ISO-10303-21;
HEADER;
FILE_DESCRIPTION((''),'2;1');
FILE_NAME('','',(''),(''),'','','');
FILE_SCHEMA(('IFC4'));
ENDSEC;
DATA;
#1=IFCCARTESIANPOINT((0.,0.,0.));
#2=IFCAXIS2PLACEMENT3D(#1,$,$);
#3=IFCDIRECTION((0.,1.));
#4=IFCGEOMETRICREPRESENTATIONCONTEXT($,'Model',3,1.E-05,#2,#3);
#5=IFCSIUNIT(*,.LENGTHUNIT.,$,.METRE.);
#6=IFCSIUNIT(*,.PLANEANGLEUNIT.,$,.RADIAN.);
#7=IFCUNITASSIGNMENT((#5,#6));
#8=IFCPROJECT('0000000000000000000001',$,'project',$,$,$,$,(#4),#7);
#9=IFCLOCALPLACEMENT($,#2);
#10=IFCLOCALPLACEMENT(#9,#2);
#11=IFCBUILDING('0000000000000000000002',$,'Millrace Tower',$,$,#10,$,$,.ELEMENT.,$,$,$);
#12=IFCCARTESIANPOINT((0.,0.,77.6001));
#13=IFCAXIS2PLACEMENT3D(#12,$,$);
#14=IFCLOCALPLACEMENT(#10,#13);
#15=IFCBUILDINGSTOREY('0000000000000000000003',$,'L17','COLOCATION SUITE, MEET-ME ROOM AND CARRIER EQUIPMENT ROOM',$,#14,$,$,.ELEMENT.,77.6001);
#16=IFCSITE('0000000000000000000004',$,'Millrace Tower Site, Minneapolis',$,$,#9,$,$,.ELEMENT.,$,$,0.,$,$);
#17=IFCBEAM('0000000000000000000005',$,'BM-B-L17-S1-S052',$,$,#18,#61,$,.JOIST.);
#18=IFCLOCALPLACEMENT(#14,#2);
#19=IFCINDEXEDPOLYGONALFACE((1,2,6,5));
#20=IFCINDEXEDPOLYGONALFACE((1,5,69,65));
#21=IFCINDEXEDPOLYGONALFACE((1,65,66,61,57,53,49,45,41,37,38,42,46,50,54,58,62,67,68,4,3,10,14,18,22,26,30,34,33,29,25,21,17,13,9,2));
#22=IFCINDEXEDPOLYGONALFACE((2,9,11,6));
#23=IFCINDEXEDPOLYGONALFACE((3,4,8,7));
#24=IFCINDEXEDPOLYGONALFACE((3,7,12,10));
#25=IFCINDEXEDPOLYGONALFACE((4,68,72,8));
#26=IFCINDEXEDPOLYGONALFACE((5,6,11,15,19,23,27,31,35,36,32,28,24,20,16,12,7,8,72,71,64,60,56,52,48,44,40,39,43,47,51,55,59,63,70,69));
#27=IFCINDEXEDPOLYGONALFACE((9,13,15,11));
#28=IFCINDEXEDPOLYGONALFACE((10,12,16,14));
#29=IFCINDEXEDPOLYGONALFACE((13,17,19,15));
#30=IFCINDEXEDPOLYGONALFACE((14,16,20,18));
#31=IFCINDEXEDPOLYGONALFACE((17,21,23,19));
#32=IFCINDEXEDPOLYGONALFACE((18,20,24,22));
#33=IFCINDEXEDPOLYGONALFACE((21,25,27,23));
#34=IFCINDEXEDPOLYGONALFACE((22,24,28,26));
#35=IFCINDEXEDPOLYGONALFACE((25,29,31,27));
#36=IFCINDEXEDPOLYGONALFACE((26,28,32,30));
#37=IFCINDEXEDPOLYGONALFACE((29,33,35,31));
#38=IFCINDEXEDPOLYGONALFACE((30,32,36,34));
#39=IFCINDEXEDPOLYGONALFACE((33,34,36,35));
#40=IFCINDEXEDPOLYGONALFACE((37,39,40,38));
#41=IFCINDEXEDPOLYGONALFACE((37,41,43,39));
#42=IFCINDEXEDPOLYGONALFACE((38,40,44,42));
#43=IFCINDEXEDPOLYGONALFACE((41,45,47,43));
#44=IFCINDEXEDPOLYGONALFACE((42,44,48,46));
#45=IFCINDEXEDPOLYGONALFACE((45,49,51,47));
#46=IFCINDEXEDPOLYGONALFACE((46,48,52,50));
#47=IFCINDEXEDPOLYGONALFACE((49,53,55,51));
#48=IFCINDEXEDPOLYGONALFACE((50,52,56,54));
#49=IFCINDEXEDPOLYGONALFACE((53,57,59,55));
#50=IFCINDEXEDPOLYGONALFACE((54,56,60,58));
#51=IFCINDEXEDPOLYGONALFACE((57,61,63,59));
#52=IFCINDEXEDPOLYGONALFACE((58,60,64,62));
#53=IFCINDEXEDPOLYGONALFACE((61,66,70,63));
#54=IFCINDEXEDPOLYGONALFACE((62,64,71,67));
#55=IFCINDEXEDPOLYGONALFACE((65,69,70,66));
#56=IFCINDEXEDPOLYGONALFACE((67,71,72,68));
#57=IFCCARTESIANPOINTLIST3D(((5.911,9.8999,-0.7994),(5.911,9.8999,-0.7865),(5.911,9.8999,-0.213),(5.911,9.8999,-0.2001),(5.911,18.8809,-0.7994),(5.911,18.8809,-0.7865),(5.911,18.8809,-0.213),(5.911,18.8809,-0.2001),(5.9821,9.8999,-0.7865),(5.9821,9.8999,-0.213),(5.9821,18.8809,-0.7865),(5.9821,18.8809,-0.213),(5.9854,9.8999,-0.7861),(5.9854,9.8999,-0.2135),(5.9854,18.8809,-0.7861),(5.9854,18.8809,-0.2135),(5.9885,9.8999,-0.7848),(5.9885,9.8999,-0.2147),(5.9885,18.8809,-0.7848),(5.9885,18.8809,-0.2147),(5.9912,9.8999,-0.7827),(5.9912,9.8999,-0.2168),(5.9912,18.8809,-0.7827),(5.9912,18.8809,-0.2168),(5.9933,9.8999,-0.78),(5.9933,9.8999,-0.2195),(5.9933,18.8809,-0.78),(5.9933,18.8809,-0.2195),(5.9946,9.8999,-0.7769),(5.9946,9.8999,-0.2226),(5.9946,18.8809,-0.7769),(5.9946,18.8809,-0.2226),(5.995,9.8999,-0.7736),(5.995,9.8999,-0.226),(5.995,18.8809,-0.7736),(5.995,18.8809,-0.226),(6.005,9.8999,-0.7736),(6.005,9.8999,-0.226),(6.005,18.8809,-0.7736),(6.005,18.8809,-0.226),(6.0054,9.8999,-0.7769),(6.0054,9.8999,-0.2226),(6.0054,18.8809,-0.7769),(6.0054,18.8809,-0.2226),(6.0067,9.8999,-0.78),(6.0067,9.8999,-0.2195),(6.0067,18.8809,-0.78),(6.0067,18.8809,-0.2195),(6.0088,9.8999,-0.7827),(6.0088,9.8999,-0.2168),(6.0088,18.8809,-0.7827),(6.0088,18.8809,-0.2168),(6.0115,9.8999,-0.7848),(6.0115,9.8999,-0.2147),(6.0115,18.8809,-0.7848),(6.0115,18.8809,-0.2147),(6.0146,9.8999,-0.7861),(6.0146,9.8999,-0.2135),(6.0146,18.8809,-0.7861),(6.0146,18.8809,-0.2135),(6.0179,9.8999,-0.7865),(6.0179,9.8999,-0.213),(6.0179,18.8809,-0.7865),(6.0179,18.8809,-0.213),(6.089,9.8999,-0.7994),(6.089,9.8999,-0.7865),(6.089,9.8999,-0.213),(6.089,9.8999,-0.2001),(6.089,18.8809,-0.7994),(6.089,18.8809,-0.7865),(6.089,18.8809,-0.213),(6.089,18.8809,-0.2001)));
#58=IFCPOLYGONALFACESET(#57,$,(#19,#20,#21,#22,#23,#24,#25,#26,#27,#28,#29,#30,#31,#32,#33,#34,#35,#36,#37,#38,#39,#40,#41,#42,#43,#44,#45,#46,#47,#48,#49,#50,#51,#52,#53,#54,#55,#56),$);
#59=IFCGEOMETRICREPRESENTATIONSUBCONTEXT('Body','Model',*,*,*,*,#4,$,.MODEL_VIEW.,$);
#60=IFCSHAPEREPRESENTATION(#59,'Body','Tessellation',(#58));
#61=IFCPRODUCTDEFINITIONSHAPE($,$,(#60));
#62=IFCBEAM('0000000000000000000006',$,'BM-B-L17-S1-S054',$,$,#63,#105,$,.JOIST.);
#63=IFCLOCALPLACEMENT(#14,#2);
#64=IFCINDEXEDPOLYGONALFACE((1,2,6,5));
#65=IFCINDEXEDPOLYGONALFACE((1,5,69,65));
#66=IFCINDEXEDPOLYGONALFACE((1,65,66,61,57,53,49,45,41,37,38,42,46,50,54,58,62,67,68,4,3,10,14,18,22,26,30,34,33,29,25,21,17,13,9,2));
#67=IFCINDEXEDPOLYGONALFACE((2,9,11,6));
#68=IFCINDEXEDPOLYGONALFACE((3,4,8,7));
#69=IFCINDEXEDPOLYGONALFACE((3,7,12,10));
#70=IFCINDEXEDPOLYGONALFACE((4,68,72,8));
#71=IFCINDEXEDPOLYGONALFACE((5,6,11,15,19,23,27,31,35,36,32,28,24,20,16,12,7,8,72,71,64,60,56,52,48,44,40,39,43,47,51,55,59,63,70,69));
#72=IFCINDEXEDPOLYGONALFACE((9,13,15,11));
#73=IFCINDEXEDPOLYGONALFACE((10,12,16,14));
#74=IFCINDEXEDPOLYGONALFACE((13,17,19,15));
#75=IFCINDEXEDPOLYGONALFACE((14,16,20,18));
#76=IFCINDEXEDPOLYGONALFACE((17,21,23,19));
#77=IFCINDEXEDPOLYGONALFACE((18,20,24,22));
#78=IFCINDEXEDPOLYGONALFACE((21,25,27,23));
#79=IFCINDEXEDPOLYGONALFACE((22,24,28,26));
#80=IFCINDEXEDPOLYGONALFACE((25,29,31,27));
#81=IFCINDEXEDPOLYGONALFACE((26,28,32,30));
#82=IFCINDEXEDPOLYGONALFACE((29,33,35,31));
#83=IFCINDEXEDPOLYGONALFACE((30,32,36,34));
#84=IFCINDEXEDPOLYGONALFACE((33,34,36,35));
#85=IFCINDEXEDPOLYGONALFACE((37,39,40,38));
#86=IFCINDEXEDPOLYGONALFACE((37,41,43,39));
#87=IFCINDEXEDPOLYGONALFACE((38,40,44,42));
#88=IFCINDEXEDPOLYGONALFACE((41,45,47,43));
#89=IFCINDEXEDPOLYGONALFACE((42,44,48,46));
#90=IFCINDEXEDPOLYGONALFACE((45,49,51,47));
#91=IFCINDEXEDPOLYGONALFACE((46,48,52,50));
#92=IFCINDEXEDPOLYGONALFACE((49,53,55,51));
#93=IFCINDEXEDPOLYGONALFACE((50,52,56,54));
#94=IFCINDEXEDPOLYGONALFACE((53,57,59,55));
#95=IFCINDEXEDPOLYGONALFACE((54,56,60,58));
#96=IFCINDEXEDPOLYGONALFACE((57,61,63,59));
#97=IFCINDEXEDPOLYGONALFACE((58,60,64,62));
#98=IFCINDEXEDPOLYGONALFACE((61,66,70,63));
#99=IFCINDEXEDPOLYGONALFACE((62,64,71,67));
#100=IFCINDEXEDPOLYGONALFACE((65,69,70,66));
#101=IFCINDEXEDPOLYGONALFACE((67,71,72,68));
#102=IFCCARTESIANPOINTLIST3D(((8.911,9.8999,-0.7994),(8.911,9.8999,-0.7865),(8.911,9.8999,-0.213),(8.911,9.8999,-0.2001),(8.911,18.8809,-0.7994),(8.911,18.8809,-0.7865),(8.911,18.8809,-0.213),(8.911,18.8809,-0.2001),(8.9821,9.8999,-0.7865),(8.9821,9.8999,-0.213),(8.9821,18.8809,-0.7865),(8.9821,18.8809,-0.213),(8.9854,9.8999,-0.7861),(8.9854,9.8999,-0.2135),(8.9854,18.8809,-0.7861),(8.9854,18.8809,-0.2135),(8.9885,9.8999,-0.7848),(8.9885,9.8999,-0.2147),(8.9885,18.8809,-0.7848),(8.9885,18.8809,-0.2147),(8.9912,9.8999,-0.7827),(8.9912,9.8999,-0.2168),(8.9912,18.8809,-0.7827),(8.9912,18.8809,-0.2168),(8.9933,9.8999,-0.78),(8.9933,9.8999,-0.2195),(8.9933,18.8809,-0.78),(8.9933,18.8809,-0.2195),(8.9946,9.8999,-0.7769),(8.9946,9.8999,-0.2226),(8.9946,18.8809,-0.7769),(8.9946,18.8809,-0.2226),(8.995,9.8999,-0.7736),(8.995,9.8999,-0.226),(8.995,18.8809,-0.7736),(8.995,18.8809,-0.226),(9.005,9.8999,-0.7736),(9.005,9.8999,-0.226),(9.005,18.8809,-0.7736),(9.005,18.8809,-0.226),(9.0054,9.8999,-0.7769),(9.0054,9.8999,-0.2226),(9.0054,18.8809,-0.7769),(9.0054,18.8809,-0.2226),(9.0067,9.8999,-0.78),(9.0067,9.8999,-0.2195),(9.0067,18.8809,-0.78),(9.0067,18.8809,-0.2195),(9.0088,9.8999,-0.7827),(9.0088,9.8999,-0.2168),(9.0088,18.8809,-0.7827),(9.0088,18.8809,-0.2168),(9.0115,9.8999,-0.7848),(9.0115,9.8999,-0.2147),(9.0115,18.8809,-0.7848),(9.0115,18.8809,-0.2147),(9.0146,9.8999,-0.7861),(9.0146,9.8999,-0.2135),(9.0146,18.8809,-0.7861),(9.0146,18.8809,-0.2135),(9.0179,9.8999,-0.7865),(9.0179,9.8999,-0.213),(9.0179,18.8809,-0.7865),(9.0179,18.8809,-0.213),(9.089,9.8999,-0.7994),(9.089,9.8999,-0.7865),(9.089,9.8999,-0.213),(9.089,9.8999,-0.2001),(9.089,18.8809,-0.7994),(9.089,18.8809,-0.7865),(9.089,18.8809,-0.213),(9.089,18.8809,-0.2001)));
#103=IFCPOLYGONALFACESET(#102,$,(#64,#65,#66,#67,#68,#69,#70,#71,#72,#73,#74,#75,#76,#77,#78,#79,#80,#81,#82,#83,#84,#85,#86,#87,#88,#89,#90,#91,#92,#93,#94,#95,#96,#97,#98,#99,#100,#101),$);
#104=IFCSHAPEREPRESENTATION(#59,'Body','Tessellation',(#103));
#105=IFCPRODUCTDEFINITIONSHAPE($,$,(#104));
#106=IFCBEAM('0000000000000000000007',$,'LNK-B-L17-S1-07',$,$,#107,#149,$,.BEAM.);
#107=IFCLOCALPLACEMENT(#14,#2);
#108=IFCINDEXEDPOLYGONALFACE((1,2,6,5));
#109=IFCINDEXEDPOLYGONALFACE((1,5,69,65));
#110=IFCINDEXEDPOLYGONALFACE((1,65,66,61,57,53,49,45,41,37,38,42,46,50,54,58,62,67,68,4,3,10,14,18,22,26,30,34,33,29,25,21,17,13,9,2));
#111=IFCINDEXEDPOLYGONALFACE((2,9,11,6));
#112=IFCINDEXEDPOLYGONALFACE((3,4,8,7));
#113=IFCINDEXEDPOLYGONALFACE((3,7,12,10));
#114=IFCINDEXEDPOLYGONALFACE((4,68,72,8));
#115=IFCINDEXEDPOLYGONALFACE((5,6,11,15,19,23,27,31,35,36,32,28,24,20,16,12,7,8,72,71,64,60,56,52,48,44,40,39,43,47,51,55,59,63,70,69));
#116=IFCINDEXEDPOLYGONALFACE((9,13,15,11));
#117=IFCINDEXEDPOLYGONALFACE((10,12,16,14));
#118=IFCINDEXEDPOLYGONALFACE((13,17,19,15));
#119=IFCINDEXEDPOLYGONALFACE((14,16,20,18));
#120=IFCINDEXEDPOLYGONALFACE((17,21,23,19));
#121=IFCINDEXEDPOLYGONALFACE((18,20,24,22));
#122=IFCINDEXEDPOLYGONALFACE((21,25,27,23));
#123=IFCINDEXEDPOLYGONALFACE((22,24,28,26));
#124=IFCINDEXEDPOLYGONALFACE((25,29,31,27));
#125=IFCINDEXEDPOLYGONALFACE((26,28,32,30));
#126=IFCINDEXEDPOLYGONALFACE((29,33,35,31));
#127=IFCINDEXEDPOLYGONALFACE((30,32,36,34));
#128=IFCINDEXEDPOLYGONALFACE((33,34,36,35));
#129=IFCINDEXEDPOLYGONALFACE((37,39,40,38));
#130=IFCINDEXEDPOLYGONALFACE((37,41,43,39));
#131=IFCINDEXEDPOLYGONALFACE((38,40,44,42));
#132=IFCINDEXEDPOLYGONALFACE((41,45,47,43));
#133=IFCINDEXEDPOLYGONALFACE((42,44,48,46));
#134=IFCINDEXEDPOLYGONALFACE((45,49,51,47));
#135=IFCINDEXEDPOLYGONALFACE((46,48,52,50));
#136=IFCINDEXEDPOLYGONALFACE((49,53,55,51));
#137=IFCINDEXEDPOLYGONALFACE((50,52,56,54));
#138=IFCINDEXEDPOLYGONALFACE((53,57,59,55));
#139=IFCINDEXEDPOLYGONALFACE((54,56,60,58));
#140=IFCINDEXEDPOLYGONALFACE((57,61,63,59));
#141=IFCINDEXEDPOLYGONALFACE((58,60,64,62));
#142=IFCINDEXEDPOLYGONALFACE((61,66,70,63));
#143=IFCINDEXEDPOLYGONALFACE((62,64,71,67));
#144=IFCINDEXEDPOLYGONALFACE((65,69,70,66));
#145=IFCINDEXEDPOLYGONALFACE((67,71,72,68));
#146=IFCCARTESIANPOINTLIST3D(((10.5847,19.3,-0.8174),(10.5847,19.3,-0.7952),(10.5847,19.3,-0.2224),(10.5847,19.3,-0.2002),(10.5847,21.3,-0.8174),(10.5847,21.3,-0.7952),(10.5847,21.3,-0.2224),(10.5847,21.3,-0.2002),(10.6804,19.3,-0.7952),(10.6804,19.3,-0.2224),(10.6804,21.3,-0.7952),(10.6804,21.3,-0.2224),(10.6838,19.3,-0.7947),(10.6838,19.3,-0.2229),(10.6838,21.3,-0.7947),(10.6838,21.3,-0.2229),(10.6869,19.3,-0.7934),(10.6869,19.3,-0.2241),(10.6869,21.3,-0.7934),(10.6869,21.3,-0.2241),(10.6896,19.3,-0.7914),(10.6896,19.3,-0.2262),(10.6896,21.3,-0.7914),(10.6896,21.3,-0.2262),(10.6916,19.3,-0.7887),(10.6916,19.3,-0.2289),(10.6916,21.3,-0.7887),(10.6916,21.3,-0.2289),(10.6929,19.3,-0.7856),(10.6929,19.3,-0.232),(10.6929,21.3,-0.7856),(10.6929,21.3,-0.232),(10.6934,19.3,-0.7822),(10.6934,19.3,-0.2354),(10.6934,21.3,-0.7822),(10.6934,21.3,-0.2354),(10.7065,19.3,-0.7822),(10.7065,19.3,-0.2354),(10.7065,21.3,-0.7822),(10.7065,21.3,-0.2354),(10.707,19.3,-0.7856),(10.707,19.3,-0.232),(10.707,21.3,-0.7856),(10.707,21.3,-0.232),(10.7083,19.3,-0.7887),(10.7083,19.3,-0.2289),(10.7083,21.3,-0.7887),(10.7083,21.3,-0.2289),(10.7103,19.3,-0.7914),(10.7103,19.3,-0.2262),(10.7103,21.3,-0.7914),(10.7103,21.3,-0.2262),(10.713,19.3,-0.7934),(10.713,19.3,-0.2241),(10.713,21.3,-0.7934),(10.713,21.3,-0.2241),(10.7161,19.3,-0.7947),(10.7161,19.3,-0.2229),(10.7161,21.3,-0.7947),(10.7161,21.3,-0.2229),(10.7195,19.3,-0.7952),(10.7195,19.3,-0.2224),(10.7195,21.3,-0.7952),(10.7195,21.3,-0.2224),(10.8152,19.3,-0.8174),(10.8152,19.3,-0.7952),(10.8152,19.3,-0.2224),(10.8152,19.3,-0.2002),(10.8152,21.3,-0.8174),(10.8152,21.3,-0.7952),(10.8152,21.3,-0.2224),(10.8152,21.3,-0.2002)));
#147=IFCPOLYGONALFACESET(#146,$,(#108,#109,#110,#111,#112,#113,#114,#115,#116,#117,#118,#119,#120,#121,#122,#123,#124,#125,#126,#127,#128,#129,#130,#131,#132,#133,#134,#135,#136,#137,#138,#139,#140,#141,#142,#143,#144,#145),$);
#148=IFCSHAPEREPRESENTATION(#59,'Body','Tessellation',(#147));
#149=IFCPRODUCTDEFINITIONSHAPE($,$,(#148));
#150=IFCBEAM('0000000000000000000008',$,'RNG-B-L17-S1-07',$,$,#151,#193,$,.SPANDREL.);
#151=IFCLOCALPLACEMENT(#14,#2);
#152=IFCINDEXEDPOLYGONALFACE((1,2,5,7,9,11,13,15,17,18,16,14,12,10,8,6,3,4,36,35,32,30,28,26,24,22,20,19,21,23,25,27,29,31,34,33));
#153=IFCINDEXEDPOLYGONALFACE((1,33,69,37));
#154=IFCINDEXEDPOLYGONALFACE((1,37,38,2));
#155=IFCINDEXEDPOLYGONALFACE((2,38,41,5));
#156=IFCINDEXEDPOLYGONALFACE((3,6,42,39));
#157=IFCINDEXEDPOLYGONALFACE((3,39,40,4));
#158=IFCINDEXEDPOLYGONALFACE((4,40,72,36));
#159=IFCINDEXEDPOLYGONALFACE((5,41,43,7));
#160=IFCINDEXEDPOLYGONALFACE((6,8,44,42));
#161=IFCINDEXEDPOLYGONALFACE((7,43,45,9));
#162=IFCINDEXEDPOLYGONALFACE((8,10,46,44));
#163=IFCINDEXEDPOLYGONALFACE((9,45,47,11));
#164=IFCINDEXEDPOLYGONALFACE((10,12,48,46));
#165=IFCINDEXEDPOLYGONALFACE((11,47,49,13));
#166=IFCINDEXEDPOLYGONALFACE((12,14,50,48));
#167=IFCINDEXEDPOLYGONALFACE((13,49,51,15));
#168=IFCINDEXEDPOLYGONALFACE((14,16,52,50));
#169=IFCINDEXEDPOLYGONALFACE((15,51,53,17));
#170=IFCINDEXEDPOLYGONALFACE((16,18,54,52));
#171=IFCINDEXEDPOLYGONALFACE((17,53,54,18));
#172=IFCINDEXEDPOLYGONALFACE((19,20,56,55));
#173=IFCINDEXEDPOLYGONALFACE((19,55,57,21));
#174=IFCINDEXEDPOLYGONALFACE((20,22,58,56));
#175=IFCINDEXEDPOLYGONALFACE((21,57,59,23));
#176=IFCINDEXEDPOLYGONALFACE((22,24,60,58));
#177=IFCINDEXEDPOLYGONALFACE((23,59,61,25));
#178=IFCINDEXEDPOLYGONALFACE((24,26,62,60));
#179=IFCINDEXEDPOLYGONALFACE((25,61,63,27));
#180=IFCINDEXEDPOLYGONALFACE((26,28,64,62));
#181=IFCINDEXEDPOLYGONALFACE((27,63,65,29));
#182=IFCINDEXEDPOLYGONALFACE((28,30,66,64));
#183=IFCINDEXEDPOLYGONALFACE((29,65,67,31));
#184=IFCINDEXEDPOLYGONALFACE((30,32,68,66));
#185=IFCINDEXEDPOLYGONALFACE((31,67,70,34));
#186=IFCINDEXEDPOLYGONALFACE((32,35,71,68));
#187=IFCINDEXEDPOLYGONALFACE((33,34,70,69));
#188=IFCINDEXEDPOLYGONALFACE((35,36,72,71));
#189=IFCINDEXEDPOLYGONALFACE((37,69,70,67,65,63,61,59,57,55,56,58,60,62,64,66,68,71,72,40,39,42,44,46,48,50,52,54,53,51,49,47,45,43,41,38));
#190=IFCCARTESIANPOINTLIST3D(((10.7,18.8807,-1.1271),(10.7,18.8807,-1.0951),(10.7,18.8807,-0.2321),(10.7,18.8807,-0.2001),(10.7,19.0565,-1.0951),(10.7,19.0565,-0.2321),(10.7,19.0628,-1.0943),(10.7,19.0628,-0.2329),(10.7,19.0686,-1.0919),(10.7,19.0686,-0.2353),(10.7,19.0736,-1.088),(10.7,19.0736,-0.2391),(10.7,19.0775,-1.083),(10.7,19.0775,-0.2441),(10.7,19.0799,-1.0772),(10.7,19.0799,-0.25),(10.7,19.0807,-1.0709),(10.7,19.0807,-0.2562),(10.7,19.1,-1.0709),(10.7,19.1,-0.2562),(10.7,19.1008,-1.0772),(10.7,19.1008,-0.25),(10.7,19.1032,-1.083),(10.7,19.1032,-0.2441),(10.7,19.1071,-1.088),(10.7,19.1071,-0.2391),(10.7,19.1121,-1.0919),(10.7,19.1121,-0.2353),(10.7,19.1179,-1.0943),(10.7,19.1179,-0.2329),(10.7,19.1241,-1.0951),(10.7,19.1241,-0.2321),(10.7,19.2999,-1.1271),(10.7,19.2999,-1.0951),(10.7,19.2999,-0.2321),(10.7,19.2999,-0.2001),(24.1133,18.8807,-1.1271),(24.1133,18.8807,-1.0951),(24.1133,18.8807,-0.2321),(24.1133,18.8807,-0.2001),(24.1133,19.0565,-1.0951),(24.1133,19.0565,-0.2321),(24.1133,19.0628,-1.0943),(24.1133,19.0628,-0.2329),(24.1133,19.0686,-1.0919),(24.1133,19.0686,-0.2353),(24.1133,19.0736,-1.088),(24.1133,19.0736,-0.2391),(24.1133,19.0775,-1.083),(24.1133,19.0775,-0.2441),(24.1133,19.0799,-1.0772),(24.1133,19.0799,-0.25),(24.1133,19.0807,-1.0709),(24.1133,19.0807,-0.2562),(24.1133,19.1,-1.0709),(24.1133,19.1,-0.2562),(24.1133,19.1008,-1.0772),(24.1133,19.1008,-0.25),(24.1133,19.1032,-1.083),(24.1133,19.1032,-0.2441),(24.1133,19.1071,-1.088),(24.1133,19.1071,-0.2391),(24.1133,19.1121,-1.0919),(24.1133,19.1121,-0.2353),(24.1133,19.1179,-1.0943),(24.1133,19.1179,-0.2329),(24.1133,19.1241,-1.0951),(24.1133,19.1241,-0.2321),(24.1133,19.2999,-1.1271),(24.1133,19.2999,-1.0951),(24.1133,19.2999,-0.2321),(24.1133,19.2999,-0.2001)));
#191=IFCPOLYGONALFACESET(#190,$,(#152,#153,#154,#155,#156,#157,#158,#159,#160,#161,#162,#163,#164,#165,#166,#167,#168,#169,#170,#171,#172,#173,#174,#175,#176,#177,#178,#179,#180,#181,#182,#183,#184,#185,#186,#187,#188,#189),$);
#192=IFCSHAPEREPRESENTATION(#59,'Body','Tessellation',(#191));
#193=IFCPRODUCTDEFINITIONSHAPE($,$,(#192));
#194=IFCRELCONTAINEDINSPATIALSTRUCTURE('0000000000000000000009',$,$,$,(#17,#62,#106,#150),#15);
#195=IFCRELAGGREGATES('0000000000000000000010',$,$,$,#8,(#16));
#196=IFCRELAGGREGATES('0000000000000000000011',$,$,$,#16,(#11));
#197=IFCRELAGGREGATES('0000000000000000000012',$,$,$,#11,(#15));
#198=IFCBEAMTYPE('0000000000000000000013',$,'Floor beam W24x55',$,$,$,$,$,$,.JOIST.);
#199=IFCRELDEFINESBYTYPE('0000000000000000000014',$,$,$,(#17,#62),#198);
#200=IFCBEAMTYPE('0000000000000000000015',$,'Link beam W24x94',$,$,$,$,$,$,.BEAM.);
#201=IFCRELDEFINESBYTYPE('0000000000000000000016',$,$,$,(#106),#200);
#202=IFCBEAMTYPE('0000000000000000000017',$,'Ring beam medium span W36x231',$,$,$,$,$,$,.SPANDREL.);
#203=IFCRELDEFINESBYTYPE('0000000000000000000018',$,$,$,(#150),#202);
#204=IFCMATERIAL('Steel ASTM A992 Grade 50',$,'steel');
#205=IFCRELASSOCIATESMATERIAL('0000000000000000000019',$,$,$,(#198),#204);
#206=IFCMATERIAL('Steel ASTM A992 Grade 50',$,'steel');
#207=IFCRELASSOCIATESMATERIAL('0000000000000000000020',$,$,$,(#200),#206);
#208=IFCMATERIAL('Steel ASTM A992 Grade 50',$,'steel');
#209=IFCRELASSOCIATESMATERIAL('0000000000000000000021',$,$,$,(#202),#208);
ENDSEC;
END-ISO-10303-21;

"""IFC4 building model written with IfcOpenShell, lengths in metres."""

from ifc_helpers import new_model, si_unit, direction, frame, origin, origin_2d, place, context, subcontext, project, spatial, i_section, extrude, material, material_profile, profile_set, type_object, element, save


model = new_model("IFC4")

# Units and contexts
model_context = context("Model", 3, precision=1e-05, world=origin(), true_north=direction((0.0, 1.0)))
body_context = subcontext(model_context, "Body", "Model", "MODEL_VIEW")
ifc_project = project(units=[si_unit("LENGTHUNIT", "METRE"), si_unit("PLANEANGLEUNIT", "RADIAN")], contexts=[model_context])

# Site, building, storey
site_placement = place(None, origin())
site = spatial("IfcSite", under=ifc_project, at=site_placement, Name="Millrace Tower Site, Minneapolis", CompositionType="ELEMENT", RefElevation=0.0)
building_placement = place(site_placement, origin())
building = spatial("IfcBuilding", under=site, at=building_placement, Name="Millrace Tower", CompositionType="ELEMENT")
storey_placement = place(building_placement, frame((0.0, 0.0, 77.6001)))
storey = spatial("IfcBuildingStorey", under=building, at=storey_placement, Name="L17", Description="COLOCATION SUITE, MEET-ME ROOM AND CARRIER EQUIPMENT ROOM", CompositionType="ELEMENT", Elevation=77.6001)

# Beams
ifc_material_1 = material(Name="Steel ASTM A992 Grade 50", Category="steel")
ifc_material_profile_1 = material_profile(ifc_material_1, i_section(OverallWidth=0.178, OverallDepth=0.5994, WebThickness=0.01, FlangeThickness=0.0129, FilletRadius=0.0129, at=origin_2d()))
ifc_profile_set_1 = profile_set([ifc_material_profile_1], Name="Steel ASTM A992 Grade 50")
beam_type_1 = type_object("IfcBeamType", Name="Floor beam W24x55", PredefinedType="JOIST", material=ifc_profile_set_1)
for number, where, z_axis, x_axis, name in (
    (1, (6.0, 9.8999, -0.4998), (0.0, 1.0, 0.0), (-1.0, 0.0, 0.0), "BM-B-L17-S1-S052"),
    (2, (9.0, 9.8999, -0.4998), (0.0, 1.0, 0.0), (-1.0, 0.0, 0.0), "BM-B-L17-S1-S054"),
):
    element("IfcBeam", number, at=place(storey_placement, frame(where, z_axis=z_axis, x_axis=x_axis)), inside=storey, type_object=beam_type_1, Name=name, PredefinedType="JOIST", context=body_context, shape_type="SweptSolid", body=[
        extrude(i_section(OverallWidth=0.178, OverallDepth=0.5994, WebThickness=0.01, FlangeThickness=0.0129, FilletRadius=0.0129, at=origin_2d()), origin(), (0.0, 0.0, 1.0), 8.981),
    ])
ifc_material_2 = material(Name="Steel ASTM A992 Grade 50", Category="steel")
ifc_material_profile_2 = material_profile(ifc_material_2, i_section(OverallWidth=0.2305, OverallDepth=0.6172, WebThickness=0.0132, FlangeThickness=0.0222, FilletRadius=0.0129, at=origin_2d()))
ifc_profile_set_2 = profile_set([ifc_material_profile_2], Name="Steel ASTM A992 Grade 50")
beam_type_2 = type_object("IfcBeamType", Name="Link beam W24x94", PredefinedType="BEAM", material=ifc_profile_set_2)
beam_1_placement = place(storey_placement, frame((10.7, 19.3, -0.5088), z_axis=(0.0, 1.0, 0.0), x_axis=(-1.0, 0.0, 0.0)))
element("IfcBeam", 3, at=beam_1_placement, inside=storey, type_object=beam_type_2, Name="LNK-B-L17-S1-07", PredefinedType="BEAM", context=body_context, shape_type="SweptSolid", body=[
    extrude(i_section(OverallWidth=0.2305, OverallDepth=0.6172, WebThickness=0.0132, FlangeThickness=0.0222, FilletRadius=0.0129, at=origin_2d()), origin(), (0.0, 0.0, 1.0), 2.0),
])
ifc_material_3 = material(Name="Steel ASTM A992 Grade 50", Category="steel")
ifc_material_profile_3 = material_profile(ifc_material_3, i_section(OverallWidth=0.4192, OverallDepth=0.927, WebThickness=0.0193, FlangeThickness=0.032, FilletRadius=0.0242, at=origin_2d()))
ifc_profile_set_3 = profile_set([ifc_material_profile_3], Name="Steel ASTM A992 Grade 50")
beam_type_3 = type_object("IfcBeamType", Name="Ring beam medium span W36x231", PredefinedType="SPANDREL", material=ifc_profile_set_3)
beam_2_placement = place(storey_placement, frame((10.7, 19.0903, -0.6636), z_axis=(1.0, 0.0, 0.0), x_axis=(0.0, 1.0, 0.0)))
element("IfcBeam", 4, at=beam_2_placement, inside=storey, type_object=beam_type_3, Name="RNG-B-L17-S1-07", PredefinedType="SPANDREL", context=body_context, shape_type="SweptSolid", body=[
    extrude(i_section(OverallWidth=0.4192, OverallDepth=0.927, WebThickness=0.0193, FlangeThickness=0.032, FilletRadius=0.0242, at=origin_2d()), origin(), (0.0, 0.0, 1.0), 13.4133),
])

save(model, "model.ifc")
